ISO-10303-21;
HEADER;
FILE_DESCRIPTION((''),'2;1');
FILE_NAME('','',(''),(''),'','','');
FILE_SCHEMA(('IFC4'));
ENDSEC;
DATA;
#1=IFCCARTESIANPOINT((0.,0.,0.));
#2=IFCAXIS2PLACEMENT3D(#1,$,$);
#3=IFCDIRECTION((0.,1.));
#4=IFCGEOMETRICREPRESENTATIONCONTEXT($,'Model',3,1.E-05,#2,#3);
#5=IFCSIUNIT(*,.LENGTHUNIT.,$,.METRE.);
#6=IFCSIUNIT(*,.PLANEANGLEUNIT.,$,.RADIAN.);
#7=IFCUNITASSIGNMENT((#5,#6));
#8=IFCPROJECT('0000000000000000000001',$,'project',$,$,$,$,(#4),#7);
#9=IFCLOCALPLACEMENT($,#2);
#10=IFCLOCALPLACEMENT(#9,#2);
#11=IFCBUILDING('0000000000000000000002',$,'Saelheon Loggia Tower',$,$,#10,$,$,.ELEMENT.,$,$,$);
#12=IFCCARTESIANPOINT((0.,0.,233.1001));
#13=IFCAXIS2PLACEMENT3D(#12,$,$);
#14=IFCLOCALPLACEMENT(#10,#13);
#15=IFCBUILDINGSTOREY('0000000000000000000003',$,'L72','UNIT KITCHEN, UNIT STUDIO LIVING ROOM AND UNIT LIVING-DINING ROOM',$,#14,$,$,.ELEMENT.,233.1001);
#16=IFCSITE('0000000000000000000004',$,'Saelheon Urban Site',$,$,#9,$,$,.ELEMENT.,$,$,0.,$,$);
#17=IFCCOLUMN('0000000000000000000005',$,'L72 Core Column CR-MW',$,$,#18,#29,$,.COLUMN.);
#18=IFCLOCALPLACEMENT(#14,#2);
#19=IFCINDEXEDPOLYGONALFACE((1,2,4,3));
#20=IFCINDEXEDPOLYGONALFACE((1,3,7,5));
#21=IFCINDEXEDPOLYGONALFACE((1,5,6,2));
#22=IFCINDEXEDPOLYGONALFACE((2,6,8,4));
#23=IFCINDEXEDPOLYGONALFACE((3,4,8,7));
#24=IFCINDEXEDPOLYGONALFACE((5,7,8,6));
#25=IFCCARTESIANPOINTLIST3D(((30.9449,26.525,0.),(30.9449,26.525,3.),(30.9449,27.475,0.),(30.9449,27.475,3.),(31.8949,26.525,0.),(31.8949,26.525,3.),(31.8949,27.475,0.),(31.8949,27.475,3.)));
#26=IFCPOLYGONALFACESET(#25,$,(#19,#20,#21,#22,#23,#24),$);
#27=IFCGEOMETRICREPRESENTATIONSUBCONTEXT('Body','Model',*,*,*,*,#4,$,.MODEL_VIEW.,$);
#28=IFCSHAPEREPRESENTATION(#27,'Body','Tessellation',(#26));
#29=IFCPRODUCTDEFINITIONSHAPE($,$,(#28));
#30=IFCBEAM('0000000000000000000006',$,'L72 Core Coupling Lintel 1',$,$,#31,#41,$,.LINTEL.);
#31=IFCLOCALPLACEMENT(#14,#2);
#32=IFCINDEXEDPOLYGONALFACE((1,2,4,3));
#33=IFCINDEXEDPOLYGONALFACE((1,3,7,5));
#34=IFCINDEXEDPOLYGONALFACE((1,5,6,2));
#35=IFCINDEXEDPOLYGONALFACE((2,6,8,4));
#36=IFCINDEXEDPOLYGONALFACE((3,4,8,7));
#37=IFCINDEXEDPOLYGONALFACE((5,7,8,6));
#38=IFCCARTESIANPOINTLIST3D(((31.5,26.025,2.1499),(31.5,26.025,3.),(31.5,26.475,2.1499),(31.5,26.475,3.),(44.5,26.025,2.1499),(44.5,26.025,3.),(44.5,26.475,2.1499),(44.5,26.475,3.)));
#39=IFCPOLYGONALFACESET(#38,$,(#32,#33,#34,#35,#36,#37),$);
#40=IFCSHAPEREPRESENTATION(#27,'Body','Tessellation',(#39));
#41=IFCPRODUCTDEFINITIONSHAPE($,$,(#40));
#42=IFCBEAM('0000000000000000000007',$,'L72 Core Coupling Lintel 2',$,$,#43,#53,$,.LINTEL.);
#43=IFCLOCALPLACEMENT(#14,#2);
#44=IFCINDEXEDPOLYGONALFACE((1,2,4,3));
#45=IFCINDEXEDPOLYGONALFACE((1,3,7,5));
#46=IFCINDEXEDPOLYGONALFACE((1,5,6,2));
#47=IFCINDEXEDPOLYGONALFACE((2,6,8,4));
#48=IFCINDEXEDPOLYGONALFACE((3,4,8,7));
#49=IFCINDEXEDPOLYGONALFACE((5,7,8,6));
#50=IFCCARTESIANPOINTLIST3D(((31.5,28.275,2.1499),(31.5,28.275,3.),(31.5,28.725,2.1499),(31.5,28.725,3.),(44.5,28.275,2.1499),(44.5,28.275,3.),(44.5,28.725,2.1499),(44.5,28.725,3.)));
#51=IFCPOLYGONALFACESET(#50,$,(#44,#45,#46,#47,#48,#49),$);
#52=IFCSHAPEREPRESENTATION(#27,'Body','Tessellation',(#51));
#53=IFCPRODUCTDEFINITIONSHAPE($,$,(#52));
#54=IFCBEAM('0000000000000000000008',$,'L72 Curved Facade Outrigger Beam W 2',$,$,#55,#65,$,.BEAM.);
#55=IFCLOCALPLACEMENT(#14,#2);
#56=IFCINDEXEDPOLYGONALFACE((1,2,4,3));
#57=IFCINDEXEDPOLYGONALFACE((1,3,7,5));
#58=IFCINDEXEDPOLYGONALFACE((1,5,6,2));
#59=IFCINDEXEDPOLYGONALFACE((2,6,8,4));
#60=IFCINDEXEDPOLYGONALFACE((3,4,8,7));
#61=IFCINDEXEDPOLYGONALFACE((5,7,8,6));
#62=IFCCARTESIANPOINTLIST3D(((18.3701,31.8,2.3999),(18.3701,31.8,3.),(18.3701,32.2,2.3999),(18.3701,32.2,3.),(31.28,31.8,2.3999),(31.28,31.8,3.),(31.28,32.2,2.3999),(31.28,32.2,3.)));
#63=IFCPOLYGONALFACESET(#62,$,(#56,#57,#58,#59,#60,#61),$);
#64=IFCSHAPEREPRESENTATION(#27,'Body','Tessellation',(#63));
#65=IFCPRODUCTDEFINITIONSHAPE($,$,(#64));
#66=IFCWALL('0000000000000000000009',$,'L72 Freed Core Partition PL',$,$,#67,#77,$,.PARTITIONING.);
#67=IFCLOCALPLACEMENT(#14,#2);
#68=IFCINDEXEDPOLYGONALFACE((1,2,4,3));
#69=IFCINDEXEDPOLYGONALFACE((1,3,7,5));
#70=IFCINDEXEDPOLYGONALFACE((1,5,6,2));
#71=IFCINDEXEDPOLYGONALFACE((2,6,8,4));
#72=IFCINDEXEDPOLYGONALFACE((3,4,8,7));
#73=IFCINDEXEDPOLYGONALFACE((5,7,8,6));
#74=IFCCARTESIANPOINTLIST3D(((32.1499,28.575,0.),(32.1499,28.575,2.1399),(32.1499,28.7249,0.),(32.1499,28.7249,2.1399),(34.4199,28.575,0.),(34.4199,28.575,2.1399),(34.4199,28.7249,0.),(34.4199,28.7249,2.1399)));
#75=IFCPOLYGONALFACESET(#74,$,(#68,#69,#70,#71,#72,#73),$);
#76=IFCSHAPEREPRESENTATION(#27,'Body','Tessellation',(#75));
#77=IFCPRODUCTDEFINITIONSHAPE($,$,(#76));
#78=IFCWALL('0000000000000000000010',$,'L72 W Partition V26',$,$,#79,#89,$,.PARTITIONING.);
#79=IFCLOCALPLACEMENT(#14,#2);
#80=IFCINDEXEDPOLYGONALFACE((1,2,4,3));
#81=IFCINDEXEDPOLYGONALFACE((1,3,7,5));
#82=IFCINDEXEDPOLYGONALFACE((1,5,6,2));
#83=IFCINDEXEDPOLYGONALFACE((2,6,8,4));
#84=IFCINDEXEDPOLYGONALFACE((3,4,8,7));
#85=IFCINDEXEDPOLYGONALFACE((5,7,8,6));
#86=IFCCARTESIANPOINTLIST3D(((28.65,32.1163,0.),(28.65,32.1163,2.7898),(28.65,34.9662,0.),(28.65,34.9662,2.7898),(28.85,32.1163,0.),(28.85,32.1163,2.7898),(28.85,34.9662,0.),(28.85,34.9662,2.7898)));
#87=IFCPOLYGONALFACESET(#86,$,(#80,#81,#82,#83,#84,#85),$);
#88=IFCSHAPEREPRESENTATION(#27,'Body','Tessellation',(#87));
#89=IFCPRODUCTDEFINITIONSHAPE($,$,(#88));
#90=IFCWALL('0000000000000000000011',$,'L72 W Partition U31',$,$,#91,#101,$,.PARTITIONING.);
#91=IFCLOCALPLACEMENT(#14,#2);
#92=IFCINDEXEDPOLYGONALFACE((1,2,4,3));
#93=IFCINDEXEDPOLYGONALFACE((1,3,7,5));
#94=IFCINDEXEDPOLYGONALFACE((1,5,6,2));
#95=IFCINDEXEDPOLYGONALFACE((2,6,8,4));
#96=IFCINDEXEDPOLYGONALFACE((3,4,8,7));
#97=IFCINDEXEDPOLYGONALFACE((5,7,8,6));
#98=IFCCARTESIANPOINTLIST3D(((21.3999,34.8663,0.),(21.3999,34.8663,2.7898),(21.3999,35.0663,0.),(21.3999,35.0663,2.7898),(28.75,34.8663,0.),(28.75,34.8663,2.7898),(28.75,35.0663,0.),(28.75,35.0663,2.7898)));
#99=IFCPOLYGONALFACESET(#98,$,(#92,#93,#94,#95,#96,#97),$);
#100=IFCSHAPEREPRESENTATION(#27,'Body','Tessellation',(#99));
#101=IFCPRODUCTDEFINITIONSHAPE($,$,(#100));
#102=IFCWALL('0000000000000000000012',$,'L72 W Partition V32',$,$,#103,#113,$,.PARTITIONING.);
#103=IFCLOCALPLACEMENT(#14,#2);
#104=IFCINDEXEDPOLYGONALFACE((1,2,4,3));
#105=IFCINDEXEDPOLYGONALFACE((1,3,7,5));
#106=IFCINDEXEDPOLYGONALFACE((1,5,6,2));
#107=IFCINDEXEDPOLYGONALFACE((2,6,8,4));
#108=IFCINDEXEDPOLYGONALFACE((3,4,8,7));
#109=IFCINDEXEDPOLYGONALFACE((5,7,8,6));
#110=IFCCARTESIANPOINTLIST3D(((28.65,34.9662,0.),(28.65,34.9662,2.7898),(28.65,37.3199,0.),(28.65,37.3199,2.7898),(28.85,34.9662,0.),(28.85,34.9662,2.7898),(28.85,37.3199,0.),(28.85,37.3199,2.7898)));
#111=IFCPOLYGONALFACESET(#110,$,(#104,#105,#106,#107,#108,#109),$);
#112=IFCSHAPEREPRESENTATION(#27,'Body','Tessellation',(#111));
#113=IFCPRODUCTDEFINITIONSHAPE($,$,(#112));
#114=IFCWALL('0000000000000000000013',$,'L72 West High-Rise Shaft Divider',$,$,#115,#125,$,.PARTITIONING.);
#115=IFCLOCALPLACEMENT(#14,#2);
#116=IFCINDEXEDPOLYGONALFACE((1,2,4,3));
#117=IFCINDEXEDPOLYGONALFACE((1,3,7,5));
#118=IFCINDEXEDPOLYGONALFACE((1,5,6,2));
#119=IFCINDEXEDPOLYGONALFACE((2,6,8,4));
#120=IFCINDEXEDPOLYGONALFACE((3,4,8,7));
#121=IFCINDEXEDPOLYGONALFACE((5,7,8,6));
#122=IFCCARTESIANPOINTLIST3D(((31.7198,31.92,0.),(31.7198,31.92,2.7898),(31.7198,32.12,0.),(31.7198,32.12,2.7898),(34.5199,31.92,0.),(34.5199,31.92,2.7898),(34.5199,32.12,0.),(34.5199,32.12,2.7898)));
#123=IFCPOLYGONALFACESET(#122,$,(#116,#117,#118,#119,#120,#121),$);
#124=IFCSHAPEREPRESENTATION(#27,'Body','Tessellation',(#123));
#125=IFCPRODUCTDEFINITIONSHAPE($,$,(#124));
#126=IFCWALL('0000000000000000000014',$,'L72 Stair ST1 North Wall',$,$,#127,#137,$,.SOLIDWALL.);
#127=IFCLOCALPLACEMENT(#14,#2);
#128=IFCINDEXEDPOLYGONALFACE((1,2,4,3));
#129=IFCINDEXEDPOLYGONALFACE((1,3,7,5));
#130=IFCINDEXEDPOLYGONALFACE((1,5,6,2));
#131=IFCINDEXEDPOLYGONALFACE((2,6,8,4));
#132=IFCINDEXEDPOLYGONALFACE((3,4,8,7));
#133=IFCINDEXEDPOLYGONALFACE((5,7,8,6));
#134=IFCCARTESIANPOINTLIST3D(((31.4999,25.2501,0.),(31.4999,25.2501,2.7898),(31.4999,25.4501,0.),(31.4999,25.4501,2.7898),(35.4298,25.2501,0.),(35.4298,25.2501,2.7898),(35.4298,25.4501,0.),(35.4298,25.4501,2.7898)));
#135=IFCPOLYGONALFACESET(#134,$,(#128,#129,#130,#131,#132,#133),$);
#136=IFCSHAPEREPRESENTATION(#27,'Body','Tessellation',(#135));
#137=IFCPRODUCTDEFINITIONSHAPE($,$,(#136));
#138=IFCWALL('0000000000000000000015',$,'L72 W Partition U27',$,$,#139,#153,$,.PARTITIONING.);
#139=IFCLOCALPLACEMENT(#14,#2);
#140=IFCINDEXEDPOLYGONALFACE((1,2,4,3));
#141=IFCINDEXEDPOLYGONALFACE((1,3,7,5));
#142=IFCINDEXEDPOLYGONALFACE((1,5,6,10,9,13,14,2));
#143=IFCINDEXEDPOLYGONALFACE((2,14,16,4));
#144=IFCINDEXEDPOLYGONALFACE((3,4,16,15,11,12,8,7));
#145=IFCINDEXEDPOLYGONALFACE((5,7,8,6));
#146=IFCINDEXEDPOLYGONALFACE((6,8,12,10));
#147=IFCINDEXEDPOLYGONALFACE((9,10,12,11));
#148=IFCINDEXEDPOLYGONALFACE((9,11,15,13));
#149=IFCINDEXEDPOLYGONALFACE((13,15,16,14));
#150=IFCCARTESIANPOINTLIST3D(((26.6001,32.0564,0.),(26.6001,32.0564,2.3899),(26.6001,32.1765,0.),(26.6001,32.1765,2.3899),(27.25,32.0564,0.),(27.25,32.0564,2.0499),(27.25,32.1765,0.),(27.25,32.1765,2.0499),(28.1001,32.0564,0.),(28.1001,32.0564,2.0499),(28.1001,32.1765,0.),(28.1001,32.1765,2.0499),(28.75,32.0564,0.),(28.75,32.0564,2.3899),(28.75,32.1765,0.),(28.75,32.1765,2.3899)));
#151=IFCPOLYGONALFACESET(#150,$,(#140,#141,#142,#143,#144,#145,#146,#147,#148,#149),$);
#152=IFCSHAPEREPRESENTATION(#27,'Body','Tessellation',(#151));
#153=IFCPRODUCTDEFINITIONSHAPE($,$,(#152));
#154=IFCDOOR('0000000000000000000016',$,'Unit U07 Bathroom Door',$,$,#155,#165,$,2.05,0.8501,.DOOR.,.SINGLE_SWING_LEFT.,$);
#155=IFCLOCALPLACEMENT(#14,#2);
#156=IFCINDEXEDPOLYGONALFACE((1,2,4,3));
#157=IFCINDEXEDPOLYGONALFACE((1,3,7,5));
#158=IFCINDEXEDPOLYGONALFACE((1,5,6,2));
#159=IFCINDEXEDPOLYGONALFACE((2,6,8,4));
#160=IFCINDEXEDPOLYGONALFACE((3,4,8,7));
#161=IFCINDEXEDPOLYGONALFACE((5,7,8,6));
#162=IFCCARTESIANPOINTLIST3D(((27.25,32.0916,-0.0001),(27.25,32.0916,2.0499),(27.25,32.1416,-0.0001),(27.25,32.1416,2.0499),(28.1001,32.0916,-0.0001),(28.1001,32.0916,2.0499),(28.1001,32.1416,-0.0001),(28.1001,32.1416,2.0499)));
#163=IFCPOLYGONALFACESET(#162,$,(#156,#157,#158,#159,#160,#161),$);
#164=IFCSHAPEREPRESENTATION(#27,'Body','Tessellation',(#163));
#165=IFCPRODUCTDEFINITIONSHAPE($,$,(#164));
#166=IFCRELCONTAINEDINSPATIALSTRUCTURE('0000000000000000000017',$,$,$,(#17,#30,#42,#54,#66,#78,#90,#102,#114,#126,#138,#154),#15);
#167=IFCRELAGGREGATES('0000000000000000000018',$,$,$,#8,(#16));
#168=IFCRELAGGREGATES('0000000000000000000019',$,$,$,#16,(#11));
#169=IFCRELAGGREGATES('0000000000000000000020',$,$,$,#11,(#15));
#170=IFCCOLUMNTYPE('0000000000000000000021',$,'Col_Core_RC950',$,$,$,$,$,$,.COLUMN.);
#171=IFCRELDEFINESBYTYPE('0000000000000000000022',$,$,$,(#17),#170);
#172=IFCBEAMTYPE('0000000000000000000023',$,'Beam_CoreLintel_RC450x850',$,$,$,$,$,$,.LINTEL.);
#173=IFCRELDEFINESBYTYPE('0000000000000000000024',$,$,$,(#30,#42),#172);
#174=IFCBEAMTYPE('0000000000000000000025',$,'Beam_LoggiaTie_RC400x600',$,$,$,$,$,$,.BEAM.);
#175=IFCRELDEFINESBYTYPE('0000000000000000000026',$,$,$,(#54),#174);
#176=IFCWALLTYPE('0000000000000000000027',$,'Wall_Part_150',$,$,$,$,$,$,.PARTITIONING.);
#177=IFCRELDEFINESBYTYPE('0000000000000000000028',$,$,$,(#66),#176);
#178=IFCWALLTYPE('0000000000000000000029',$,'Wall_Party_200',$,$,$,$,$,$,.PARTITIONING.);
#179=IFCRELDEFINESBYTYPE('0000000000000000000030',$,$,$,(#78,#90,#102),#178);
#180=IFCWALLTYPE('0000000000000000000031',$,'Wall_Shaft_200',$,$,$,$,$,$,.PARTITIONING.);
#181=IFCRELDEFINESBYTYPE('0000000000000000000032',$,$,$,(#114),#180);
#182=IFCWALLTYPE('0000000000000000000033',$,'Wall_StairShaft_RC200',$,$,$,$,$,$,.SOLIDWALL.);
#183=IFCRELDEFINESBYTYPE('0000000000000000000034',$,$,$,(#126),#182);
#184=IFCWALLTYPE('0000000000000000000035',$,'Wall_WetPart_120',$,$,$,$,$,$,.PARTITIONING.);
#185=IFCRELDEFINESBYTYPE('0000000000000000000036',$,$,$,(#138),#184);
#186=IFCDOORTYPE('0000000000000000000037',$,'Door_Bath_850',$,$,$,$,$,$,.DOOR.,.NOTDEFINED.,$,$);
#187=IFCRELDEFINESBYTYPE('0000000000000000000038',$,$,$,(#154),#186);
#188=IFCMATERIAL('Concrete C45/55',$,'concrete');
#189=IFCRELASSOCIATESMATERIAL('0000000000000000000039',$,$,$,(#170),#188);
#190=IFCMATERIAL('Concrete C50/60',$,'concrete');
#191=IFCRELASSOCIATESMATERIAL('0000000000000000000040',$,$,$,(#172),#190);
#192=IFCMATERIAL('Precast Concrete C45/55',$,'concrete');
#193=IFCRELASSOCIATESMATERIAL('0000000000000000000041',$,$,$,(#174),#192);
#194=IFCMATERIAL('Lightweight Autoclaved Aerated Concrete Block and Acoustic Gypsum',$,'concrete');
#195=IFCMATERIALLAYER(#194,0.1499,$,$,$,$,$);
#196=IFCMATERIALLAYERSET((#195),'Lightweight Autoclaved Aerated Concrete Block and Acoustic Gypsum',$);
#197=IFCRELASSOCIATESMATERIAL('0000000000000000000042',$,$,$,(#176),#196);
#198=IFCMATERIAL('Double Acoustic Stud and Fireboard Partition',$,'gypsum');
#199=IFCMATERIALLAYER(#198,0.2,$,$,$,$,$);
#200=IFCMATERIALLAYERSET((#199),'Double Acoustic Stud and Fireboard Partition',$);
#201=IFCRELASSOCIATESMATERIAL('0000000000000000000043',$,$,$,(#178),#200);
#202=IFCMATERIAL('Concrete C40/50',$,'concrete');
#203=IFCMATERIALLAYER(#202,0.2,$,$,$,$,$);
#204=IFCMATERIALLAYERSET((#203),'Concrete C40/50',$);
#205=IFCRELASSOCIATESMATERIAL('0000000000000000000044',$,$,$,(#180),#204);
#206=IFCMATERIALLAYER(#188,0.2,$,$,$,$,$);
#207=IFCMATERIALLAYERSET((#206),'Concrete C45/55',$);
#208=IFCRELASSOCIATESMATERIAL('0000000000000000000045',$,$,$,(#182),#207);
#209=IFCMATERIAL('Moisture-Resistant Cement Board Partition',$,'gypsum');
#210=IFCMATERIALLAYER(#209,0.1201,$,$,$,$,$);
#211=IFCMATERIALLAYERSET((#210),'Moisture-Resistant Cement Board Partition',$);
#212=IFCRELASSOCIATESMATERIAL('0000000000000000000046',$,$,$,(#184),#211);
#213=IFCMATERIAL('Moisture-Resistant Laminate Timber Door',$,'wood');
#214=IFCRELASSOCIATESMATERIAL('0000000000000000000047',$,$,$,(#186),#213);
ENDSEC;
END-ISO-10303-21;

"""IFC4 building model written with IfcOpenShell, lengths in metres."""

from ifc_helpers import new_model, si_unit, direction, frame, frame_2d, origin, origin_2d, place, context, subcontext, project, spatial, rectangle, extrude, source, transform, mapped, material, layer, layer_set, material_profile, profile_set, type_object, element, fill, save


model = new_model("IFC4")

# Units and contexts
model_context = context("Model", 3, precision=1e-05, world=origin(), true_north=direction((0.0, 1.0)))
body_context = subcontext(model_context, "Body", "Model", "MODEL_VIEW")
ifc_project = project(units=[si_unit("LENGTHUNIT", "METRE"), si_unit("PLANEANGLEUNIT", "RADIAN")], contexts=[model_context])

# Site, building, storey
site_placement = place(None, origin())
site = spatial("IfcSite", under=ifc_project, at=site_placement, Name="Saelheon Urban Site", CompositionType="ELEMENT", RefElevation=0.0)
building_placement = place(site_placement, origin())
building = spatial("IfcBuilding", under=site, at=building_placement, Name="Saelheon Loggia Tower", CompositionType="ELEMENT")
storey_placement = place(building_placement, frame((0.0, 0.0, 233.1001)))
storey = spatial("IfcBuildingStorey", under=building, at=storey_placement, Name="L72", Description="UNIT KITCHEN, UNIT STUDIO LIVING ROOM AND UNIT LIVING-DINING ROOM", CompositionType="ELEMENT", Elevation=233.1001)

# Column
ifc_material_1 = material(Name="Concrete C45/55", Category="concrete")
ifc_material_profile_1 = material_profile(ifc_material_1, rectangle(XDim=0.95, YDim=0.95, at=origin_2d()), Name="RC-950x950")
ifc_profile_set_1 = profile_set([ifc_material_profile_1], Name="Concrete C45/55")
column_type = type_object("IfcColumnType", Name="Col_Core_RC950", PredefinedType="COLUMN", material=ifc_profile_set_1)
shared_shape_1 = source(origin(), body_context, "Body", "SweptSolid", [
    extrude(rectangle(XDim=0.95, YDim=0.95, at=origin_2d()), origin(), (0.0, 0.0, 1.0), 3.0),
])
column_placement = place(storey_placement, frame((31.4199, 27.0, 0.0), z_axis=(0.0, 0.0, 1.0), x_axis=(1.0, 0.0, 0.0)))
element("IfcColumn", 1, at=column_placement, inside=storey, type_object=column_type, Name="L72 Core Column CR-MW", PredefinedType="COLUMN", context=body_context, shape_type="MappedRepresentation", body=[
    mapped(shared_shape_1, transform((0.0, 0.0, 0.0), scale=1.0)),
])

# Beams
ifc_material_2 = material(Name="Concrete C50/60", Category="concrete")
ifc_material_profile_2 = material_profile(ifc_material_2, rectangle(XDim=0.45, YDim=0.8501, at=origin_2d()), Name="RC-450x850")
ifc_profile_set_2 = profile_set([ifc_material_profile_2], Name="Concrete C50/60")
beam_type_1 = type_object("IfcBeamType", Name="Beam_CoreLintel_RC450x850", PredefinedType="LINTEL", material=ifc_profile_set_2)
shared_shape_2 = source(origin(), body_context, "Body", "SweptSolid", [
    extrude(rectangle(XDim=0.45, YDim=0.8501, at=origin_2d()), origin(), (0.0, 0.0, 1.0), 13.0),
])
for number, where, z_axis, x_axis, name in (
    (2, (31.5, 26.25, 2.575), (1.0, 0.0, 0.0), (0.0, 1.0, 0.0), "L72 Core Coupling Lintel 1"),
    (3, (31.5, 28.5, 2.575), (1.0, 0.0, 0.0), (0.0, 1.0, 0.0), "L72 Core Coupling Lintel 2"),
):
    element("IfcBeam", number, at=place(storey_placement, frame(where, z_axis=z_axis, x_axis=x_axis)), inside=storey, type_object=beam_type_1, Name=name, PredefinedType="LINTEL", context=body_context, shape_type="MappedRepresentation", body=[
        mapped(shared_shape_2, transform((0.0, 0.0, 0.0), scale=1.0)),
    ])
ifc_material_3 = material(Name="Precast Concrete C45/55", Category="concrete")
ifc_material_profile_3 = material_profile(ifc_material_3, rectangle(XDim=0.3999, YDim=0.6001, at=origin_2d()), Name="RC-400x600")
ifc_profile_set_3 = profile_set([ifc_material_profile_3], Name="Precast Concrete C45/55")
beam_type_2 = type_object("IfcBeamType", Name="Beam_LoggiaTie_RC400x600", PredefinedType="BEAM", material=ifc_profile_set_3)
shared_shape_3 = source(origin(), body_context, "Body", "SweptSolid", [
    extrude(rectangle(XDim=0.3999, YDim=0.6001, at=origin_2d()), origin(), (0.0, 0.0, 1.0), 12.9099),
])
beam_placement = place(storey_placement, frame((31.28, 32.0, 2.7), z_axis=(-1.0, 0.0, 0.0), x_axis=(0.0, -1.0, 0.0)))
element("IfcBeam", 4, at=beam_placement, inside=storey, type_object=beam_type_2, Name="L72 Curved Facade Outrigger Beam W 2", PredefinedType="BEAM", context=body_context, shape_type="MappedRepresentation", body=[
    mapped(shared_shape_3, transform((0.0, 0.0, 0.0), scale=1.0)),
])

# Walls
ifc_material_4 = material(Name="Lightweight Autoclaved Aerated Concrete Block and Acoustic Gypsum", Category="concrete")
ifc_layer_1 = layer(ifc_material_4, 0.1499)
ifc_layer_set_1 = layer_set([ifc_layer_1], Name="Lightweight Autoclaved Aerated Concrete Block and Acoustic Gypsum")
wall_type_1 = type_object("IfcWallType", Name="Wall_Part_150", PredefinedType="PARTITIONING", material=ifc_layer_set_1)
wall_1_placement = place(storey_placement, frame((32.1499, 28.6499, 0.0), z_axis=(0.0, 0.0, 1.0), x_axis=(1.0, 0.0, 0.0)))
element("IfcWall", 5, at=wall_1_placement, inside=storey, type_object=wall_type_1, Name="L72 Freed Core Partition PL", PredefinedType="PARTITIONING", context=body_context, shape_type="SweptSolid", body=[
    extrude(rectangle(XDim=2.27, YDim=0.1499, at=frame_2d((1.135, 0.0))), origin(), (0.0, 0.0, 1.0), 2.1399),
])
ifc_material_5 = material(Name="Double Acoustic Stud and Fireboard Partition", Category="gypsum")
ifc_layer_2 = layer(ifc_material_5, 0.2)
ifc_layer_set_2 = layer_set([ifc_layer_2], Name="Double Acoustic Stud and Fireboard Partition")
wall_type_2 = type_object("IfcWallType", Name="Wall_Party_200", PredefinedType="PARTITIONING", material=ifc_layer_set_2)
wall_2_placement = place(storey_placement, frame((28.75, 32.1165, 0.0), z_axis=(0.0, 0.0, 1.0), x_axis=(0.0, 1.0, 0.0)))
element("IfcWall", 6, at=wall_2_placement, inside=storey, type_object=wall_type_2, Name="L72 W Partition V26", PredefinedType="PARTITIONING", context=body_context, shape_type="SweptSolid", body=[
    extrude(rectangle(XDim=2.8499, YDim=0.2, at=frame_2d((1.4248, 0.0))), origin(), (0.0, 0.0, 1.0), 2.7898),
])
wall_3_placement = place(storey_placement, frame((28.75, 34.9663, 0.0), z_axis=(0.0, 0.0, 1.0), x_axis=(-1.0, 0.0, 0.0)))
element("IfcWall", 7, at=wall_3_placement, inside=storey, type_object=wall_type_2, Name="L72 W Partition U31", PredefinedType="PARTITIONING", context=body_context, shape_type="SweptSolid", body=[
    extrude(rectangle(XDim=7.3501, YDim=0.2, at=frame_2d((3.675, 0.0))), origin(), (0.0, 0.0, 1.0), 2.7898),
])
wall_4_placement = place(storey_placement, frame((28.75, 34.9663, 0.0), z_axis=(0.0, 0.0, 1.0), x_axis=(0.0, 1.0, 0.0)))
element("IfcWall", 8, at=wall_4_placement, inside=storey, type_object=wall_type_2, Name="L72 W Partition V32", PredefinedType="PARTITIONING", context=body_context, shape_type="SweptSolid", body=[
    extrude(rectangle(XDim=2.3538, YDim=0.2, at=frame_2d((1.1768, 0.0))), origin(), (0.0, 0.0, 1.0), 2.7898),
])
ifc_material_6 = material(Name="Concrete C40/50", Category="concrete")
ifc_layer_3 = layer(ifc_material_6, 0.2)
ifc_layer_set_3 = layer_set([ifc_layer_3], Name="Concrete C40/50")
wall_type_3 = type_object("IfcWallType", Name="Wall_Shaft_200", PredefinedType="PARTITIONING", material=ifc_layer_set_3)
wall_5_placement = place(storey_placement, frame((31.72, 32.02, 0.0), z_axis=(0.0, 0.0, 1.0), x_axis=(1.0, 0.0, 0.0)))
element("IfcWall", 9, at=wall_5_placement, inside=storey, type_object=wall_type_3, Name="L72 West High-Rise Shaft Divider", PredefinedType="PARTITIONING", context=body_context, shape_type="SweptSolid", body=[
    extrude(rectangle(XDim=2.8, YDim=0.2, at=frame_2d((1.3999, 0.0))), origin(), (0.0, 0.0, 1.0), 2.7898),
])
ifc_layer_4 = layer(ifc_material_1, 0.2)
ifc_layer_set_4 = layer_set([ifc_layer_4], Name="Concrete C45/55")
wall_type_4 = type_object("IfcWallType", Name="Wall_StairShaft_RC200", PredefinedType="SOLIDWALL", material=ifc_layer_set_4)
wall_6_placement = place(storey_placement, frame((31.5, 25.3501, 0.0), z_axis=(0.0, 0.0, 1.0), x_axis=(1.0, 0.0, 0.0)))
element("IfcWall", 10, at=wall_6_placement, inside=storey, type_object=wall_type_4, Name="L72 Stair ST1 North Wall", PredefinedType="SOLIDWALL", context=body_context, shape_type="SweptSolid", body=[
    extrude(rectangle(XDim=3.9299, YDim=0.2, at=frame_2d((1.9648, 0.0))), origin(), (0.0, 0.0, 1.0), 2.7898),
])

# Wall, opening, door
ifc_material_7 = material(Name="Moisture-Resistant Cement Board Partition", Category="gypsum")
ifc_layer_5 = layer(ifc_material_7, 0.1201)
ifc_layer_set_5 = layer_set([ifc_layer_5], Name="Moisture-Resistant Cement Board Partition")
wall_type_5 = type_object("IfcWallType", Name="Wall_WetPart_120", PredefinedType="PARTITIONING", material=ifc_layer_set_5)
wall_7_placement = place(storey_placement, frame((28.75, 32.1165, 0.0), z_axis=(0.0, 0.0, 1.0), x_axis=(-1.0, 0.0, 0.0)))
wall_7 = element("IfcWall", 11, at=wall_7_placement, inside=storey, type_object=wall_type_5, Name="L72 W Partition U27", PredefinedType="PARTITIONING", context=body_context, shape_type="SweptSolid", body=[
    extrude(rectangle(XDim=2.1499, YDim=0.1201, at=frame_2d((1.075, 0.0))), origin(), (0.0, 0.0, 1.0), 2.3899),
])
opening_1_placement = place(wall_7_placement, frame((0.6499, 0.0, 0.0)))
opening_1 = element("IfcOpeningElement", 12, at=opening_1_placement, cuts=wall_7, PredefinedType="OPENING", context=body_context, shape_type="SweptSolid", body=[
    extrude(rectangle(XDim=0.8501, YDim=2.05, at=frame_2d((0.425, 1.0249))), frame((0.0, 0.072, 0.0), z_axis=(0.0, -1.0, 0.0), x_axis=(1.0, 0.0, 0.0)), (0.0, 0.0, 1.0), 0.144),
])
ifc_material_8 = material(Name="Moisture-Resistant Laminate Timber Door", Category="wood")
door_type_1 = type_object("IfcDoorType", Name="Door_Bath_850", OperationType="NOTDEFINED", PredefinedType="DOOR", material=ifc_material_8)
shared_shape_4 = source(origin(), body_context, "Body", "SweptSolid", [
    extrude(rectangle(XDim=0.8501, YDim=2.05, at=frame_2d((0.425, 1.0249))), frame((0.0, 0.0249, 0.0), z_axis=(0.0, -1.0, 0.0), x_axis=(1.0, 0.0, 0.0)), (0.0, 0.0, 1.0), 0.05),
])
door_1_placement = place(opening_1_placement, origin())
door_1 = element("IfcDoor", 13, at=door_1_placement, inside=storey, type_object=door_type_1, Name="Unit U07 Bathroom Door", OperationType="SINGLE_SWING_LEFT", OverallHeight=2.05, OverallWidth=0.8501, PredefinedType="DOOR", context=body_context, shape_type="MappedRepresentation", body=[
    mapped(shared_shape_4, transform((0.0, 0.0, 0.0), scale=1.0)),
])
fill(opening_1, door_1)

save(model, "model.ifc")
